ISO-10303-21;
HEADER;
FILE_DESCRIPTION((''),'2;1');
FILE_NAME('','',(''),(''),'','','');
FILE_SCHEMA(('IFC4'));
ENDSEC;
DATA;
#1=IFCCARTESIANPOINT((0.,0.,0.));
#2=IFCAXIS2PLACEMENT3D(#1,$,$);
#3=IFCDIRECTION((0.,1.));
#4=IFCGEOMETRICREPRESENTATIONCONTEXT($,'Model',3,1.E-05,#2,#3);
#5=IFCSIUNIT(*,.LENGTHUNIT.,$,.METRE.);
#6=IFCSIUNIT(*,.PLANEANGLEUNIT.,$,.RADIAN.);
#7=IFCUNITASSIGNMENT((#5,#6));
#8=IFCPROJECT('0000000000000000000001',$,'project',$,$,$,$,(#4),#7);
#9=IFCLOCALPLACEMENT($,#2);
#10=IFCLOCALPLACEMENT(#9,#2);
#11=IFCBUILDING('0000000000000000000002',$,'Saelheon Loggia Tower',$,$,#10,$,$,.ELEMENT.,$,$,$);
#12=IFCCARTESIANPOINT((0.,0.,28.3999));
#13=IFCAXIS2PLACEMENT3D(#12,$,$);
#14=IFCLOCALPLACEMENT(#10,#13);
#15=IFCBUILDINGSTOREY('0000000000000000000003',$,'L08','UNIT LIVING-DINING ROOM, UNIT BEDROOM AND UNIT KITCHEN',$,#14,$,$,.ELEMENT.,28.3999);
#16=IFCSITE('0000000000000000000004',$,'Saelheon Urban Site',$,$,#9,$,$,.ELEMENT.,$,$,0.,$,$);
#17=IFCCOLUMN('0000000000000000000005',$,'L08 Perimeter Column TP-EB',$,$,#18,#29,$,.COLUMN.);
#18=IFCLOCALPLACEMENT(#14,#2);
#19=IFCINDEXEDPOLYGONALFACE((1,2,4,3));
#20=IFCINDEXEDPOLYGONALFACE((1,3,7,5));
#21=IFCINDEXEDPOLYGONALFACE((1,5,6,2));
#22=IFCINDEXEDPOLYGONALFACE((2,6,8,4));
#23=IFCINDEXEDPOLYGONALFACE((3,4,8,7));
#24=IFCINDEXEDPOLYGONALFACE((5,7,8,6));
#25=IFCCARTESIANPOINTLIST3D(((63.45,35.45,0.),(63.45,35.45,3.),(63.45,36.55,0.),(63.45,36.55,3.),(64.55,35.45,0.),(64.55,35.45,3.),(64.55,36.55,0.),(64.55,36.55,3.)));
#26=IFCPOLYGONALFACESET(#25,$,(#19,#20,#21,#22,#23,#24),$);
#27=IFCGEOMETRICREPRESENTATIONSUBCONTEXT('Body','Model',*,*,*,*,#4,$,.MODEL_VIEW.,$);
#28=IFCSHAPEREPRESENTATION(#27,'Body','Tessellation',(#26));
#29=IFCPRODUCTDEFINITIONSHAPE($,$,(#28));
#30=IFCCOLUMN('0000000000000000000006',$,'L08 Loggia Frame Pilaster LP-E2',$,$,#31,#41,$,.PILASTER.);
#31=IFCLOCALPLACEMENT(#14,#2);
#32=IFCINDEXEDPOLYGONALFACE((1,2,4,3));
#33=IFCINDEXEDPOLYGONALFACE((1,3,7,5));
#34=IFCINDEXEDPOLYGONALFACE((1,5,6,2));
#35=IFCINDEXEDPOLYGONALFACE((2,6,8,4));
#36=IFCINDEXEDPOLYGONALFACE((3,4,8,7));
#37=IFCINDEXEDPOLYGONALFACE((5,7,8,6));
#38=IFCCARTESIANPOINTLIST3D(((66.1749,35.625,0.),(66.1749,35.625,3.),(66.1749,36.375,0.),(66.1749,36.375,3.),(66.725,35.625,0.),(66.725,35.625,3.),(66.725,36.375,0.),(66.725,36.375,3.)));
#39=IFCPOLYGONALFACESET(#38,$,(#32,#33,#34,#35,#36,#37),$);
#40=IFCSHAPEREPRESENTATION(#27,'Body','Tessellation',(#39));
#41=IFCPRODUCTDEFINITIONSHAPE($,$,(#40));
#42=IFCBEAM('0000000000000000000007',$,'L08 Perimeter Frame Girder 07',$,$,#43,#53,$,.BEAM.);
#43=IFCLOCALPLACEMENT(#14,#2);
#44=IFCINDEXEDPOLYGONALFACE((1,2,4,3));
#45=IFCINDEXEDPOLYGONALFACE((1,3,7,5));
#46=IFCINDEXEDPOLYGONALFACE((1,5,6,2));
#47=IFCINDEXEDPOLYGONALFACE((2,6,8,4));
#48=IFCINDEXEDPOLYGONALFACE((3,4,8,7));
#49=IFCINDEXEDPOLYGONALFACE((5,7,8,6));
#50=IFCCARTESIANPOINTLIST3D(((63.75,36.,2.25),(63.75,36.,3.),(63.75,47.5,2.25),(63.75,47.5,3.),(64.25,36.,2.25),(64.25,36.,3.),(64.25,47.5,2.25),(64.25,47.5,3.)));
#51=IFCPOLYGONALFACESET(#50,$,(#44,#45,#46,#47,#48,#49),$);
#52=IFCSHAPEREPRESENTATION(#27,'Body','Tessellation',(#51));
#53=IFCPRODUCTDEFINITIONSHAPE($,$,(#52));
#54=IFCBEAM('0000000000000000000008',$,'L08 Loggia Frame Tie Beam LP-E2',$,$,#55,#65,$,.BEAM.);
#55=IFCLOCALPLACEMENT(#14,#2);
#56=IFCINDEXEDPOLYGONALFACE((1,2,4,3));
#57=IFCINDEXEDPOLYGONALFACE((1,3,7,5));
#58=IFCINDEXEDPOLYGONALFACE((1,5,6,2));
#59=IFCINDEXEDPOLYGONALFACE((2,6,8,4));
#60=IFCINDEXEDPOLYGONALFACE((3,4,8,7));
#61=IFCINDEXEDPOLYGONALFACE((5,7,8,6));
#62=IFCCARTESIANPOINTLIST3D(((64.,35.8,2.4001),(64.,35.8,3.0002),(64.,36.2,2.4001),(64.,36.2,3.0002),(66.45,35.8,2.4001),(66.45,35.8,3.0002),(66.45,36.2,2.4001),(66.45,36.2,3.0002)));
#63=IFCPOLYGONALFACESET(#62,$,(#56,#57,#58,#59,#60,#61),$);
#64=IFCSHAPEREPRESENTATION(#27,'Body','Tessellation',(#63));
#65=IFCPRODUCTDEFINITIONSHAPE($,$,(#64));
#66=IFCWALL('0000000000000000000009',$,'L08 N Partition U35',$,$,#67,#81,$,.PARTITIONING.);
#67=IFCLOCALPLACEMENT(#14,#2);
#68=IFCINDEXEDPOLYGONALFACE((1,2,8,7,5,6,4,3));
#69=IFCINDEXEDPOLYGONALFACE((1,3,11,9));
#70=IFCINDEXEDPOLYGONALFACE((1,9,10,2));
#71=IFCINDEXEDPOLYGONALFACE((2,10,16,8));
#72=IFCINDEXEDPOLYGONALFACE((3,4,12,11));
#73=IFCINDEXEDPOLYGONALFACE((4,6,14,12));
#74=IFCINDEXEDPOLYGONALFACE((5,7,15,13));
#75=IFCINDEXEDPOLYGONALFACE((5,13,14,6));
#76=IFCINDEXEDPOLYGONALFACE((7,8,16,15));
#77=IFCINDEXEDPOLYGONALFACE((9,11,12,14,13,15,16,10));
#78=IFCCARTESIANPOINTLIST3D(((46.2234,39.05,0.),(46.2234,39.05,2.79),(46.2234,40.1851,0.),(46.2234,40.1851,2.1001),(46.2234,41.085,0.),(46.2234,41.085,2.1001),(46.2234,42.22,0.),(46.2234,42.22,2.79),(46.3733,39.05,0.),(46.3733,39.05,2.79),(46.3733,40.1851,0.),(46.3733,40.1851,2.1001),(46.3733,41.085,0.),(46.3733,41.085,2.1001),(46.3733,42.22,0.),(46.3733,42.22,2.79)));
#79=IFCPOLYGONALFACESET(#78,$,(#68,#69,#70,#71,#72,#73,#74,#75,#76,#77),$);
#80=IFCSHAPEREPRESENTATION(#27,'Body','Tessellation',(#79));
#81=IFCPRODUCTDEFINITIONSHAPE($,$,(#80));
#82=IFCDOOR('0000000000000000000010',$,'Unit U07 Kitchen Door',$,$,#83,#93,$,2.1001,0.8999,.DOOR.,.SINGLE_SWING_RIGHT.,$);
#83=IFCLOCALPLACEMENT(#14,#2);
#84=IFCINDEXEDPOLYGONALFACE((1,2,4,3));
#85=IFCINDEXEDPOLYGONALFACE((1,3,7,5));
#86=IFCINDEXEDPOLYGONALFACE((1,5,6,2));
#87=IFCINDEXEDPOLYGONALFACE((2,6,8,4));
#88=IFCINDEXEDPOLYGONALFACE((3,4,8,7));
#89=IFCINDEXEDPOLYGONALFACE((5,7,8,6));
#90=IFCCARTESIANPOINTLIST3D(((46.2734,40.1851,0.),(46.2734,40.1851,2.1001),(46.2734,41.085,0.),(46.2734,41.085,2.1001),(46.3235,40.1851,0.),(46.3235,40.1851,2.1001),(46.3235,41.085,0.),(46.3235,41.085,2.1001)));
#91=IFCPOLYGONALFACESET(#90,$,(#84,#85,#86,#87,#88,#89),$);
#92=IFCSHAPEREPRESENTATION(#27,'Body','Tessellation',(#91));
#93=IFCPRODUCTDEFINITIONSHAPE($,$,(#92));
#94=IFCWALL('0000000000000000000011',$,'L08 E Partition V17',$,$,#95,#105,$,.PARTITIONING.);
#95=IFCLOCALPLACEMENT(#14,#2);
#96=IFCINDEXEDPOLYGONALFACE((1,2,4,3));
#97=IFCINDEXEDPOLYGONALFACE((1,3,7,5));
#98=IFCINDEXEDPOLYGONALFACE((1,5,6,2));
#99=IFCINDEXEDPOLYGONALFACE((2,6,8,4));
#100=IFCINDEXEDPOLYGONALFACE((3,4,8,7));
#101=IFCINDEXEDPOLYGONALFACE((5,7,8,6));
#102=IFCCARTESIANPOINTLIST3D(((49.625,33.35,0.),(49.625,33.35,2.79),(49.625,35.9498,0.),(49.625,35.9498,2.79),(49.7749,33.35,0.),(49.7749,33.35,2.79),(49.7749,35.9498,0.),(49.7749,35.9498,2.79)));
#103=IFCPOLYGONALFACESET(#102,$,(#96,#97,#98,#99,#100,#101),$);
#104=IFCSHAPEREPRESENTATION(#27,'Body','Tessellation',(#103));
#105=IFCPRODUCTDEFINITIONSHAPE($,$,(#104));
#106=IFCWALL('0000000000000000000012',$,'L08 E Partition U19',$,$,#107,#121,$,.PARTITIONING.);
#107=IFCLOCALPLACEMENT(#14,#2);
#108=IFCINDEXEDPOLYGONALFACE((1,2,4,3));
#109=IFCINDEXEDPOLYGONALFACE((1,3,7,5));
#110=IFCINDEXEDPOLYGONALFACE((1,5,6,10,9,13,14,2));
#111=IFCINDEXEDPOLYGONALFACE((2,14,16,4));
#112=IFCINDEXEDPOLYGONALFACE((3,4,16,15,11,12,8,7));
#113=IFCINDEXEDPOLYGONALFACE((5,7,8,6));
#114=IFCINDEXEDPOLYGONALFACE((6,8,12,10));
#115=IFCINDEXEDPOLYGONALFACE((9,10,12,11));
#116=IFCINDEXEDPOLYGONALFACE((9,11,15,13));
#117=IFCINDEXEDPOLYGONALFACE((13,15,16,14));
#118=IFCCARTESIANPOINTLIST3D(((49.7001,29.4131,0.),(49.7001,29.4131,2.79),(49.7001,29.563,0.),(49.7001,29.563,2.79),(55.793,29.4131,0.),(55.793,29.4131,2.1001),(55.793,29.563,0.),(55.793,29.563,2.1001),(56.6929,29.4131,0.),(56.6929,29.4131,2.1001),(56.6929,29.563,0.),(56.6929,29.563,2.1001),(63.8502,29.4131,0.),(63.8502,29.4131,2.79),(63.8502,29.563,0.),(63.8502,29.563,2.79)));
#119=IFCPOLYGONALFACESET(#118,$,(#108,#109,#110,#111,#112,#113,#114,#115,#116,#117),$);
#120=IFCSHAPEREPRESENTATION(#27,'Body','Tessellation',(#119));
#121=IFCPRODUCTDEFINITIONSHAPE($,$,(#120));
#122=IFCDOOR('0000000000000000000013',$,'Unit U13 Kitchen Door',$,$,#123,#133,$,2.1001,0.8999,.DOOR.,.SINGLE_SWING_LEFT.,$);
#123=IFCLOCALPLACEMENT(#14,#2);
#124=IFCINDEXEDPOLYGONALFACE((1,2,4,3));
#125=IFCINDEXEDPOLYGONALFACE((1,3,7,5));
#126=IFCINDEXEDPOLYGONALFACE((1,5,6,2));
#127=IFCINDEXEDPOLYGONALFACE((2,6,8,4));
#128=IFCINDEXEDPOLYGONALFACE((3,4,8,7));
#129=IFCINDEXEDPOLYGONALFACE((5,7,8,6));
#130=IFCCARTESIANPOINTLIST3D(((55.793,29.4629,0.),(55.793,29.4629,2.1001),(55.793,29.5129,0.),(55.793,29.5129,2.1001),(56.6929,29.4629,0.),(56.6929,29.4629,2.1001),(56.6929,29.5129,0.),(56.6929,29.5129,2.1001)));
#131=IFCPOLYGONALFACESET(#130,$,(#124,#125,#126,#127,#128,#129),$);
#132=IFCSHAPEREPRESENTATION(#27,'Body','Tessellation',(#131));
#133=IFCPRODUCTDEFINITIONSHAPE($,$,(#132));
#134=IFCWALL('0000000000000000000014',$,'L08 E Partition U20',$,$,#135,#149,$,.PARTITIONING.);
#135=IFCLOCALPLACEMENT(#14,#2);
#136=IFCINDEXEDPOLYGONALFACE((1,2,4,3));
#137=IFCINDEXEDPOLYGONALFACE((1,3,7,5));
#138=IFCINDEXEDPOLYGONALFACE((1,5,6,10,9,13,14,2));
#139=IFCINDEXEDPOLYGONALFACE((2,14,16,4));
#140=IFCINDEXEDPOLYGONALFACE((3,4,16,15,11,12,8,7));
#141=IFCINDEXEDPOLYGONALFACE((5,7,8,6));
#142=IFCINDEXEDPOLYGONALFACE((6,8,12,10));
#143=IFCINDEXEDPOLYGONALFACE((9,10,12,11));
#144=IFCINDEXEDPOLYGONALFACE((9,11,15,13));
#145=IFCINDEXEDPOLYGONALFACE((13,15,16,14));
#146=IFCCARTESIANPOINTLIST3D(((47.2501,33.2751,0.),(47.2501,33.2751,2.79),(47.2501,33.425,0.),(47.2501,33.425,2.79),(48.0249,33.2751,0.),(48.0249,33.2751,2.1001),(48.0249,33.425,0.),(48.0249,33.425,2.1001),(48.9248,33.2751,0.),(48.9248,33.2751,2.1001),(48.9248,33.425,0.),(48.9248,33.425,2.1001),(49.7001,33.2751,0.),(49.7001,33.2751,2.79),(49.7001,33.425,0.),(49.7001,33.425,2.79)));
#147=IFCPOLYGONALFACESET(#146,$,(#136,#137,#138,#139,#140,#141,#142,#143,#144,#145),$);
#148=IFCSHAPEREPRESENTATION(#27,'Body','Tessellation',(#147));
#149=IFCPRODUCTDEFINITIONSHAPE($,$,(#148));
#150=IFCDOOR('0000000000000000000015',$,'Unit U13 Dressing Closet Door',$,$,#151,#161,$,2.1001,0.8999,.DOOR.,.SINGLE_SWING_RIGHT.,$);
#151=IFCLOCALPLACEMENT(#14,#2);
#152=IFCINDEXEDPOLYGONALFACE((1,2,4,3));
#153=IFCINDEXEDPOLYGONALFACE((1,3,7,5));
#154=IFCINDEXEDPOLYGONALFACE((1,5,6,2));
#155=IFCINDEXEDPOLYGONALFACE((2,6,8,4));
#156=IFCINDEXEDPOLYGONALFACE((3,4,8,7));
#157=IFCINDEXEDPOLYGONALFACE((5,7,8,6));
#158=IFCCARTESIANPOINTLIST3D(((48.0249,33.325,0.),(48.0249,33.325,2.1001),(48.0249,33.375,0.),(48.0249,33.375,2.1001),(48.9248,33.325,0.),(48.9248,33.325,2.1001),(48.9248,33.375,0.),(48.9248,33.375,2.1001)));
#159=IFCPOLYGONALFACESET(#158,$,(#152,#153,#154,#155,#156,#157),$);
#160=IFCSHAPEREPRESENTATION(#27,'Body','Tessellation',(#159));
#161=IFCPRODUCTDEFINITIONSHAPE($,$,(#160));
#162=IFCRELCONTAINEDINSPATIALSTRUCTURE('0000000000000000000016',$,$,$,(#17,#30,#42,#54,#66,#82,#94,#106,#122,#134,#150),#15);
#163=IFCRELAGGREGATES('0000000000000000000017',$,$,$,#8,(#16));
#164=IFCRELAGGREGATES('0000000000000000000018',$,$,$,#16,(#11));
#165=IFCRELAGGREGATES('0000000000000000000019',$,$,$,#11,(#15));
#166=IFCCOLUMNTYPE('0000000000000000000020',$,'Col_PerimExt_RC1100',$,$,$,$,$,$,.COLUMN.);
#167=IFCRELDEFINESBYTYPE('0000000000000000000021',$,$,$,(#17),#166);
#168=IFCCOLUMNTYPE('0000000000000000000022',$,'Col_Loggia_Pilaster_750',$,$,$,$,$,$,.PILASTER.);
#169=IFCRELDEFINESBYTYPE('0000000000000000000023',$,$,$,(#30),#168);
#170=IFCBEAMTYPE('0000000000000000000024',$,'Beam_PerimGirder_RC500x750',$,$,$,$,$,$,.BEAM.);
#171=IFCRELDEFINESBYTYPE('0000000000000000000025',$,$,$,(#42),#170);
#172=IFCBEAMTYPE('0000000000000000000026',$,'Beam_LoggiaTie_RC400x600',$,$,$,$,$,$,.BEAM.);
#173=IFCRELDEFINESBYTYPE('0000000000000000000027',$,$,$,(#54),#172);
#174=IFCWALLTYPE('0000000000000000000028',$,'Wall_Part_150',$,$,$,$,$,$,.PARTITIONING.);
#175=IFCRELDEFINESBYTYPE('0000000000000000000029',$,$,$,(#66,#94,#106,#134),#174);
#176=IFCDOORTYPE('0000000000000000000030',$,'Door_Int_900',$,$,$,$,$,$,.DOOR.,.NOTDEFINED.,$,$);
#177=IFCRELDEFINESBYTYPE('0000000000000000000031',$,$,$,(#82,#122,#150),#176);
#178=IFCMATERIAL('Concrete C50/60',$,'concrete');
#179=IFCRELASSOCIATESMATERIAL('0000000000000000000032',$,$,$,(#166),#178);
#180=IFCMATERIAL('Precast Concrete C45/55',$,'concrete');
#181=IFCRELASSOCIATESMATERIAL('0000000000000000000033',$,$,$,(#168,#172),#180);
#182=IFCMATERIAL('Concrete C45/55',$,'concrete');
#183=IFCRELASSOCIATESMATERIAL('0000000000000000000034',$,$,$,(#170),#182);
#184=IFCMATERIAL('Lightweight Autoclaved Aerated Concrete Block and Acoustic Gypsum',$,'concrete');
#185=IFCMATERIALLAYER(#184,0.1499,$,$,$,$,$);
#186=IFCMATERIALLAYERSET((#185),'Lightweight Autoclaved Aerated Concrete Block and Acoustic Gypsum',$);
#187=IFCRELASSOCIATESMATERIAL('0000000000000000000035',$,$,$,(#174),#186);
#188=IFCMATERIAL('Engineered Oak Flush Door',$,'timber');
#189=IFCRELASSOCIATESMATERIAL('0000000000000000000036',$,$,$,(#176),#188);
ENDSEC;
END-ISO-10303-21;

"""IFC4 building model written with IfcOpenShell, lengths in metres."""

from ifc_helpers import new_model, si_unit, direction, frame, frame_2d, origin, origin_2d, place, context, subcontext, project, spatial, rectangle, extrude, source, transform, mapped, material, layer, layer_set, material_profile, profile_set, type_object, element, fill, save


model = new_model("IFC4")

# Units and contexts
model_context = context("Model", 3, precision=1e-05, world=origin(), true_north=direction((0.0, 1.0)))
body_context = subcontext(model_context, "Body", "Model", "MODEL_VIEW")
ifc_project = project(units=[si_unit("LENGTHUNIT", "METRE"), si_unit("PLANEANGLEUNIT", "RADIAN")], contexts=[model_context])

# Site, building, storey
site_placement = place(None, origin())
site = spatial("IfcSite", under=ifc_project, at=site_placement, Name="Saelheon Urban Site", CompositionType="ELEMENT", RefElevation=0.0)
building_placement = place(site_placement, origin())
building = spatial("IfcBuilding", under=site, at=building_placement, Name="Saelheon Loggia Tower", CompositionType="ELEMENT")
storey_placement = place(building_placement, frame((0.0, 0.0, 28.3999)))
storey = spatial("IfcBuildingStorey", under=building, at=storey_placement, Name="L08", Description="UNIT LIVING-DINING ROOM, UNIT BEDROOM AND UNIT KITCHEN", CompositionType="ELEMENT", Elevation=28.3999)

# Columns
ifc_material_1 = material(Name="Concrete C50/60", Category="concrete")
ifc_material_profile_1 = material_profile(ifc_material_1, rectangle(XDim=1.1001, YDim=1.1001, at=origin_2d()), Name="RC-1100x1100")
ifc_profile_set_1 = profile_set([ifc_material_profile_1], Name="Concrete C50/60")
column_type_1 = type_object("IfcColumnType", Name="Col_PerimExt_RC1100", PredefinedType="COLUMN", material=ifc_profile_set_1)
shared_shape_1 = source(origin(), body_context, "Body", "SweptSolid", [
    extrude(rectangle(XDim=1.1001, YDim=1.1001, at=origin_2d()), origin(), (0.0, 0.0, 1.0), 3.0),
])
column_1_placement = place(storey_placement, frame((64.0, 36.0, 0.0), z_axis=(0.0, 0.0, 1.0), x_axis=(1.0, 0.0, 0.0)))
element("IfcColumn", 1, at=column_1_placement, inside=storey, type_object=column_type_1, Name="L08 Perimeter Column TP-EB", PredefinedType="COLUMN", context=body_context, shape_type="MappedRepresentation", body=[
    mapped(shared_shape_1, transform((0.0, 0.0, 0.0), scale=1.0)),
])
ifc_material_2 = material(Name="Precast Concrete C45/55", Category="concrete")
ifc_material_profile_2 = material_profile(ifc_material_2, rectangle(XDim=0.55, YDim=0.75, at=origin_2d()), Name="RC-550x750")
ifc_profile_set_2 = profile_set([ifc_material_profile_2], Name="Precast Concrete C45/55")
column_type_2 = type_object("IfcColumnType", Name="Col_Loggia_Pilaster_750", PredefinedType="PILASTER", material=ifc_profile_set_2)
shared_shape_2 = source(origin(), body_context, "Body", "SweptSolid", [
    extrude(rectangle(XDim=0.55, YDim=0.75, at=origin_2d()), origin(), (0.0, 0.0, 1.0), 3.0),
])
column_2_placement = place(storey_placement, frame((66.45, 36.0, 0.0), z_axis=(0.0, 0.0, 1.0), x_axis=(1.0, 0.0, 0.0)))
element("IfcColumn", 2, at=column_2_placement, inside=storey, type_object=column_type_2, Name="L08 Loggia Frame Pilaster LP-E2", PredefinedType="PILASTER", context=body_context, shape_type="MappedRepresentation", body=[
    mapped(shared_shape_2, transform((0.0, 0.0, 0.0), scale=1.0)),
])

# Beams
ifc_material_3 = material(Name="Concrete C45/55", Category="concrete")
ifc_material_profile_3 = material_profile(ifc_material_3, rectangle(XDim=0.5, YDim=0.75, at=origin_2d()), Name="RC-500x750")
ifc_profile_set_3 = profile_set([ifc_material_profile_3], Name="Concrete C45/55")
beam_type_1 = type_object("IfcBeamType", Name="Beam_PerimGirder_RC500x750", PredefinedType="BEAM", material=ifc_profile_set_3)
shared_shape_3 = source(origin(), body_context, "Body", "SweptSolid", [
    extrude(rectangle(XDim=0.5, YDim=0.75, at=origin_2d()), origin(), (0.0, 0.0, 1.0), 11.5),
])
beam_1_placement = place(storey_placement, frame((64.0, 36.0, 2.625), z_axis=(0.0, 1.0, 0.0), x_axis=(-1.0, 0.0, 0.0)))
element("IfcBeam", 3, at=beam_1_placement, inside=storey, type_object=beam_type_1, Name="L08 Perimeter Frame Girder 07", PredefinedType="BEAM", context=body_context, shape_type="MappedRepresentation", body=[
    mapped(shared_shape_3, transform((0.0, 0.0, 0.0), scale=1.0)),
])
ifc_material_profile_4 = material_profile(ifc_material_2, rectangle(XDim=0.3999, YDim=0.6001, at=origin_2d()), Name="RC-400x600")
ifc_profile_set_4 = profile_set([ifc_material_profile_4], Name="Precast Concrete C45/55")
beam_type_2 = type_object("IfcBeamType", Name="Beam_LoggiaTie_RC400x600", PredefinedType="BEAM", material=ifc_profile_set_4)
shared_shape_4 = source(origin(), body_context, "Body", "SweptSolid", [
    extrude(rectangle(XDim=0.3999, YDim=0.6001, at=origin_2d()), origin(), (0.0, 0.0, 1.0), 2.45),
])
beam_2_placement = place(storey_placement, frame((64.0, 36.0, 2.7002), z_axis=(1.0, 0.0, 0.0), x_axis=(0.0, 1.0, 0.0)))
element("IfcBeam", 4, at=beam_2_placement, inside=storey, type_object=beam_type_2, Name="L08 Loggia Frame Tie Beam LP-E2", PredefinedType="BEAM", context=body_context, shape_type="MappedRepresentation", body=[
    mapped(shared_shape_4, transform((0.0, 0.0, 0.0), scale=1.0)),
])

# Wall, opening, door
ifc_material_4 = material(Name="Lightweight Autoclaved Aerated Concrete Block and Acoustic Gypsum", Category="concrete")
ifc_layer_1 = layer(ifc_material_4, 0.1499)
ifc_layer_set_1 = layer_set([ifc_layer_1], Name="Lightweight Autoclaved Aerated Concrete Block and Acoustic Gypsum")
wall_type_1 = type_object("IfcWallType", Name="Wall_Part_150", PredefinedType="PARTITIONING", material=ifc_layer_set_1)
wall_1_placement = place(storey_placement, frame((46.2983, 39.05, 0.0), z_axis=(0.0, 0.0, 1.0), x_axis=(0.0, 1.0, 0.0)))
wall_1 = element("IfcWall", 5, at=wall_1_placement, inside=storey, type_object=wall_type_1, Name="L08 N Partition U35", PredefinedType="PARTITIONING", context=body_context, shape_type="SweptSolid", body=[
    extrude(rectangle(XDim=3.1699, YDim=0.1499, at=frame_2d((1.585, 0.0))), origin(), (0.0, 0.0, 1.0), 2.79),
])
opening_1_placement = place(wall_1_placement, frame((1.135, 0.0, 0.0)))
opening_1 = element("IfcOpeningElement", 6, at=opening_1_placement, cuts=wall_1, PredefinedType="OPENING", context=body_context, shape_type="SweptSolid", body=[
    extrude(rectangle(XDim=0.8999, YDim=2.1001, at=frame_2d((0.45, 1.05))), frame((0.0, 0.0869, 0.0), z_axis=(0.0, -1.0, 0.0), x_axis=(1.0, 0.0, 0.0)), (0.0, 0.0, 1.0), 0.1738),
])
ifc_material_5 = material(Name="Engineered Oak Flush Door", Category="timber")
door_type_1 = type_object("IfcDoorType", Name="Door_Int_900", OperationType="NOTDEFINED", PredefinedType="DOOR", material=ifc_material_5)
shared_shape_5 = source(origin(), body_context, "Body", "SweptSolid", [
    extrude(rectangle(XDim=0.8999, YDim=2.1001, at=frame_2d((0.45, 1.05))), frame((0.0, 0.0249, 0.0), z_axis=(0.0, -1.0, 0.0), x_axis=(1.0, 0.0, 0.0)), (0.0, 0.0, 1.0), 0.05),
])
door_1_placement = place(opening_1_placement, origin())
door_1 = element("IfcDoor", 7, at=door_1_placement, inside=storey, type_object=door_type_1, Name="Unit U07 Kitchen Door", OperationType="SINGLE_SWING_RIGHT", OverallHeight=2.1001, OverallWidth=0.8999, PredefinedType="DOOR", context=body_context, shape_type="MappedRepresentation", body=[
    mapped(shared_shape_5, transform((0.0, 0.0, 0.0), scale=1.0)),
])
fill(opening_1, door_1)

# Wall
wall_2_placement = place(storey_placement, frame((49.7, 33.3501, 0.0), z_axis=(0.0, 0.0, 1.0), x_axis=(0.0, 1.0, 0.0)))
element("IfcWall", 8, at=wall_2_placement, inside=storey, type_object=wall_type_1, Name="L08 E Partition V17", PredefinedType="PARTITIONING", context=body_context, shape_type="SweptSolid", body=[
    extrude(rectangle(XDim=2.5999, YDim=0.1499, at=frame_2d((1.2998, 0.0))), origin(), (0.0, 0.0, 1.0), 2.79),
])

# Walls, openings, doors
wall_3_placement = place(storey_placement, frame((49.7, 29.488, 0.0), z_axis=(0.0, 0.0, 1.0), x_axis=(1.0, 0.0, 0.0)))
wall_3 = element("IfcWall", 9, at=wall_3_placement, inside=storey, type_object=wall_type_1, Name="L08 E Partition U19", PredefinedType="PARTITIONING", context=body_context, shape_type="SweptSolid", body=[
    extrude(rectangle(XDim=14.1501, YDim=0.1499, at=frame_2d((7.0752, 0.0))), origin(), (0.0, 0.0, 1.0), 2.79),
])
opening_2_placement = place(wall_3_placement, frame((6.093, 0.0, 0.0)))
opening_2 = element("IfcOpeningElement", 10, at=opening_2_placement, cuts=wall_3, PredefinedType="OPENING", context=body_context, shape_type="SweptSolid", body=[
    extrude(rectangle(XDim=0.8999, YDim=2.1001, at=frame_2d((0.45, 1.05))), frame((0.0, 0.0869, 0.0), z_axis=(0.0, -1.0, 0.0), x_axis=(1.0, 0.0, 0.0)), (0.0, 0.0, 1.0), 0.1738),
])
door_2_placement = place(opening_2_placement, origin())
door_2 = element("IfcDoor", 11, at=door_2_placement, inside=storey, type_object=door_type_1, Name="Unit U13 Kitchen Door", OperationType="SINGLE_SWING_LEFT", OverallHeight=2.1001, OverallWidth=0.8999, PredefinedType="DOOR", context=body_context, shape_type="MappedRepresentation", body=[
    mapped(shared_shape_5, transform((0.0, 0.0, 0.0), scale=1.0)),
])
fill(opening_2, door_2)
wall_4_placement = place(storey_placement, frame((47.25, 33.3501, 0.0), z_axis=(0.0, 0.0, 1.0), x_axis=(1.0, 0.0, 0.0)))
wall_4 = element("IfcWall", 12, at=wall_4_placement, inside=storey, type_object=wall_type_1, Name="L08 E Partition U20", PredefinedType="PARTITIONING", context=body_context, shape_type="SweptSolid", body=[
    extrude(rectangle(XDim=2.45, YDim=0.1499, at=frame_2d((1.2251, 0.0))), origin(), (0.0, 0.0, 1.0), 2.79),
])
opening_3_placement = place(wall_4_placement, frame((0.7749, 0.0, 0.0)))
opening_3 = element("IfcOpeningElement", 13, at=opening_3_placement, cuts=wall_4, PredefinedType="OPENING", context=body_context, shape_type="SweptSolid", body=[
    extrude(rectangle(XDim=0.8999, YDim=2.1001, at=frame_2d((0.45, 1.05))), frame((0.0, 0.0869, 0.0), z_axis=(0.0, -1.0, 0.0), x_axis=(1.0, 0.0, 0.0)), (0.0, 0.0, 1.0), 0.1738),
])
door_3_placement = place(opening_3_placement, origin())
door_3 = element("IfcDoor", 14, at=door_3_placement, inside=storey, type_object=door_type_1, Name="Unit U13 Dressing Closet Door", OperationType="SINGLE_SWING_RIGHT", OverallHeight=2.1001, OverallWidth=0.8999, PredefinedType="DOOR", context=body_context, shape_type="MappedRepresentation", body=[
    mapped(shared_shape_5, transform((0.0, 0.0, 0.0), scale=1.0)),
])
fill(opening_3, door_3)

save(model, "model.ifc")
